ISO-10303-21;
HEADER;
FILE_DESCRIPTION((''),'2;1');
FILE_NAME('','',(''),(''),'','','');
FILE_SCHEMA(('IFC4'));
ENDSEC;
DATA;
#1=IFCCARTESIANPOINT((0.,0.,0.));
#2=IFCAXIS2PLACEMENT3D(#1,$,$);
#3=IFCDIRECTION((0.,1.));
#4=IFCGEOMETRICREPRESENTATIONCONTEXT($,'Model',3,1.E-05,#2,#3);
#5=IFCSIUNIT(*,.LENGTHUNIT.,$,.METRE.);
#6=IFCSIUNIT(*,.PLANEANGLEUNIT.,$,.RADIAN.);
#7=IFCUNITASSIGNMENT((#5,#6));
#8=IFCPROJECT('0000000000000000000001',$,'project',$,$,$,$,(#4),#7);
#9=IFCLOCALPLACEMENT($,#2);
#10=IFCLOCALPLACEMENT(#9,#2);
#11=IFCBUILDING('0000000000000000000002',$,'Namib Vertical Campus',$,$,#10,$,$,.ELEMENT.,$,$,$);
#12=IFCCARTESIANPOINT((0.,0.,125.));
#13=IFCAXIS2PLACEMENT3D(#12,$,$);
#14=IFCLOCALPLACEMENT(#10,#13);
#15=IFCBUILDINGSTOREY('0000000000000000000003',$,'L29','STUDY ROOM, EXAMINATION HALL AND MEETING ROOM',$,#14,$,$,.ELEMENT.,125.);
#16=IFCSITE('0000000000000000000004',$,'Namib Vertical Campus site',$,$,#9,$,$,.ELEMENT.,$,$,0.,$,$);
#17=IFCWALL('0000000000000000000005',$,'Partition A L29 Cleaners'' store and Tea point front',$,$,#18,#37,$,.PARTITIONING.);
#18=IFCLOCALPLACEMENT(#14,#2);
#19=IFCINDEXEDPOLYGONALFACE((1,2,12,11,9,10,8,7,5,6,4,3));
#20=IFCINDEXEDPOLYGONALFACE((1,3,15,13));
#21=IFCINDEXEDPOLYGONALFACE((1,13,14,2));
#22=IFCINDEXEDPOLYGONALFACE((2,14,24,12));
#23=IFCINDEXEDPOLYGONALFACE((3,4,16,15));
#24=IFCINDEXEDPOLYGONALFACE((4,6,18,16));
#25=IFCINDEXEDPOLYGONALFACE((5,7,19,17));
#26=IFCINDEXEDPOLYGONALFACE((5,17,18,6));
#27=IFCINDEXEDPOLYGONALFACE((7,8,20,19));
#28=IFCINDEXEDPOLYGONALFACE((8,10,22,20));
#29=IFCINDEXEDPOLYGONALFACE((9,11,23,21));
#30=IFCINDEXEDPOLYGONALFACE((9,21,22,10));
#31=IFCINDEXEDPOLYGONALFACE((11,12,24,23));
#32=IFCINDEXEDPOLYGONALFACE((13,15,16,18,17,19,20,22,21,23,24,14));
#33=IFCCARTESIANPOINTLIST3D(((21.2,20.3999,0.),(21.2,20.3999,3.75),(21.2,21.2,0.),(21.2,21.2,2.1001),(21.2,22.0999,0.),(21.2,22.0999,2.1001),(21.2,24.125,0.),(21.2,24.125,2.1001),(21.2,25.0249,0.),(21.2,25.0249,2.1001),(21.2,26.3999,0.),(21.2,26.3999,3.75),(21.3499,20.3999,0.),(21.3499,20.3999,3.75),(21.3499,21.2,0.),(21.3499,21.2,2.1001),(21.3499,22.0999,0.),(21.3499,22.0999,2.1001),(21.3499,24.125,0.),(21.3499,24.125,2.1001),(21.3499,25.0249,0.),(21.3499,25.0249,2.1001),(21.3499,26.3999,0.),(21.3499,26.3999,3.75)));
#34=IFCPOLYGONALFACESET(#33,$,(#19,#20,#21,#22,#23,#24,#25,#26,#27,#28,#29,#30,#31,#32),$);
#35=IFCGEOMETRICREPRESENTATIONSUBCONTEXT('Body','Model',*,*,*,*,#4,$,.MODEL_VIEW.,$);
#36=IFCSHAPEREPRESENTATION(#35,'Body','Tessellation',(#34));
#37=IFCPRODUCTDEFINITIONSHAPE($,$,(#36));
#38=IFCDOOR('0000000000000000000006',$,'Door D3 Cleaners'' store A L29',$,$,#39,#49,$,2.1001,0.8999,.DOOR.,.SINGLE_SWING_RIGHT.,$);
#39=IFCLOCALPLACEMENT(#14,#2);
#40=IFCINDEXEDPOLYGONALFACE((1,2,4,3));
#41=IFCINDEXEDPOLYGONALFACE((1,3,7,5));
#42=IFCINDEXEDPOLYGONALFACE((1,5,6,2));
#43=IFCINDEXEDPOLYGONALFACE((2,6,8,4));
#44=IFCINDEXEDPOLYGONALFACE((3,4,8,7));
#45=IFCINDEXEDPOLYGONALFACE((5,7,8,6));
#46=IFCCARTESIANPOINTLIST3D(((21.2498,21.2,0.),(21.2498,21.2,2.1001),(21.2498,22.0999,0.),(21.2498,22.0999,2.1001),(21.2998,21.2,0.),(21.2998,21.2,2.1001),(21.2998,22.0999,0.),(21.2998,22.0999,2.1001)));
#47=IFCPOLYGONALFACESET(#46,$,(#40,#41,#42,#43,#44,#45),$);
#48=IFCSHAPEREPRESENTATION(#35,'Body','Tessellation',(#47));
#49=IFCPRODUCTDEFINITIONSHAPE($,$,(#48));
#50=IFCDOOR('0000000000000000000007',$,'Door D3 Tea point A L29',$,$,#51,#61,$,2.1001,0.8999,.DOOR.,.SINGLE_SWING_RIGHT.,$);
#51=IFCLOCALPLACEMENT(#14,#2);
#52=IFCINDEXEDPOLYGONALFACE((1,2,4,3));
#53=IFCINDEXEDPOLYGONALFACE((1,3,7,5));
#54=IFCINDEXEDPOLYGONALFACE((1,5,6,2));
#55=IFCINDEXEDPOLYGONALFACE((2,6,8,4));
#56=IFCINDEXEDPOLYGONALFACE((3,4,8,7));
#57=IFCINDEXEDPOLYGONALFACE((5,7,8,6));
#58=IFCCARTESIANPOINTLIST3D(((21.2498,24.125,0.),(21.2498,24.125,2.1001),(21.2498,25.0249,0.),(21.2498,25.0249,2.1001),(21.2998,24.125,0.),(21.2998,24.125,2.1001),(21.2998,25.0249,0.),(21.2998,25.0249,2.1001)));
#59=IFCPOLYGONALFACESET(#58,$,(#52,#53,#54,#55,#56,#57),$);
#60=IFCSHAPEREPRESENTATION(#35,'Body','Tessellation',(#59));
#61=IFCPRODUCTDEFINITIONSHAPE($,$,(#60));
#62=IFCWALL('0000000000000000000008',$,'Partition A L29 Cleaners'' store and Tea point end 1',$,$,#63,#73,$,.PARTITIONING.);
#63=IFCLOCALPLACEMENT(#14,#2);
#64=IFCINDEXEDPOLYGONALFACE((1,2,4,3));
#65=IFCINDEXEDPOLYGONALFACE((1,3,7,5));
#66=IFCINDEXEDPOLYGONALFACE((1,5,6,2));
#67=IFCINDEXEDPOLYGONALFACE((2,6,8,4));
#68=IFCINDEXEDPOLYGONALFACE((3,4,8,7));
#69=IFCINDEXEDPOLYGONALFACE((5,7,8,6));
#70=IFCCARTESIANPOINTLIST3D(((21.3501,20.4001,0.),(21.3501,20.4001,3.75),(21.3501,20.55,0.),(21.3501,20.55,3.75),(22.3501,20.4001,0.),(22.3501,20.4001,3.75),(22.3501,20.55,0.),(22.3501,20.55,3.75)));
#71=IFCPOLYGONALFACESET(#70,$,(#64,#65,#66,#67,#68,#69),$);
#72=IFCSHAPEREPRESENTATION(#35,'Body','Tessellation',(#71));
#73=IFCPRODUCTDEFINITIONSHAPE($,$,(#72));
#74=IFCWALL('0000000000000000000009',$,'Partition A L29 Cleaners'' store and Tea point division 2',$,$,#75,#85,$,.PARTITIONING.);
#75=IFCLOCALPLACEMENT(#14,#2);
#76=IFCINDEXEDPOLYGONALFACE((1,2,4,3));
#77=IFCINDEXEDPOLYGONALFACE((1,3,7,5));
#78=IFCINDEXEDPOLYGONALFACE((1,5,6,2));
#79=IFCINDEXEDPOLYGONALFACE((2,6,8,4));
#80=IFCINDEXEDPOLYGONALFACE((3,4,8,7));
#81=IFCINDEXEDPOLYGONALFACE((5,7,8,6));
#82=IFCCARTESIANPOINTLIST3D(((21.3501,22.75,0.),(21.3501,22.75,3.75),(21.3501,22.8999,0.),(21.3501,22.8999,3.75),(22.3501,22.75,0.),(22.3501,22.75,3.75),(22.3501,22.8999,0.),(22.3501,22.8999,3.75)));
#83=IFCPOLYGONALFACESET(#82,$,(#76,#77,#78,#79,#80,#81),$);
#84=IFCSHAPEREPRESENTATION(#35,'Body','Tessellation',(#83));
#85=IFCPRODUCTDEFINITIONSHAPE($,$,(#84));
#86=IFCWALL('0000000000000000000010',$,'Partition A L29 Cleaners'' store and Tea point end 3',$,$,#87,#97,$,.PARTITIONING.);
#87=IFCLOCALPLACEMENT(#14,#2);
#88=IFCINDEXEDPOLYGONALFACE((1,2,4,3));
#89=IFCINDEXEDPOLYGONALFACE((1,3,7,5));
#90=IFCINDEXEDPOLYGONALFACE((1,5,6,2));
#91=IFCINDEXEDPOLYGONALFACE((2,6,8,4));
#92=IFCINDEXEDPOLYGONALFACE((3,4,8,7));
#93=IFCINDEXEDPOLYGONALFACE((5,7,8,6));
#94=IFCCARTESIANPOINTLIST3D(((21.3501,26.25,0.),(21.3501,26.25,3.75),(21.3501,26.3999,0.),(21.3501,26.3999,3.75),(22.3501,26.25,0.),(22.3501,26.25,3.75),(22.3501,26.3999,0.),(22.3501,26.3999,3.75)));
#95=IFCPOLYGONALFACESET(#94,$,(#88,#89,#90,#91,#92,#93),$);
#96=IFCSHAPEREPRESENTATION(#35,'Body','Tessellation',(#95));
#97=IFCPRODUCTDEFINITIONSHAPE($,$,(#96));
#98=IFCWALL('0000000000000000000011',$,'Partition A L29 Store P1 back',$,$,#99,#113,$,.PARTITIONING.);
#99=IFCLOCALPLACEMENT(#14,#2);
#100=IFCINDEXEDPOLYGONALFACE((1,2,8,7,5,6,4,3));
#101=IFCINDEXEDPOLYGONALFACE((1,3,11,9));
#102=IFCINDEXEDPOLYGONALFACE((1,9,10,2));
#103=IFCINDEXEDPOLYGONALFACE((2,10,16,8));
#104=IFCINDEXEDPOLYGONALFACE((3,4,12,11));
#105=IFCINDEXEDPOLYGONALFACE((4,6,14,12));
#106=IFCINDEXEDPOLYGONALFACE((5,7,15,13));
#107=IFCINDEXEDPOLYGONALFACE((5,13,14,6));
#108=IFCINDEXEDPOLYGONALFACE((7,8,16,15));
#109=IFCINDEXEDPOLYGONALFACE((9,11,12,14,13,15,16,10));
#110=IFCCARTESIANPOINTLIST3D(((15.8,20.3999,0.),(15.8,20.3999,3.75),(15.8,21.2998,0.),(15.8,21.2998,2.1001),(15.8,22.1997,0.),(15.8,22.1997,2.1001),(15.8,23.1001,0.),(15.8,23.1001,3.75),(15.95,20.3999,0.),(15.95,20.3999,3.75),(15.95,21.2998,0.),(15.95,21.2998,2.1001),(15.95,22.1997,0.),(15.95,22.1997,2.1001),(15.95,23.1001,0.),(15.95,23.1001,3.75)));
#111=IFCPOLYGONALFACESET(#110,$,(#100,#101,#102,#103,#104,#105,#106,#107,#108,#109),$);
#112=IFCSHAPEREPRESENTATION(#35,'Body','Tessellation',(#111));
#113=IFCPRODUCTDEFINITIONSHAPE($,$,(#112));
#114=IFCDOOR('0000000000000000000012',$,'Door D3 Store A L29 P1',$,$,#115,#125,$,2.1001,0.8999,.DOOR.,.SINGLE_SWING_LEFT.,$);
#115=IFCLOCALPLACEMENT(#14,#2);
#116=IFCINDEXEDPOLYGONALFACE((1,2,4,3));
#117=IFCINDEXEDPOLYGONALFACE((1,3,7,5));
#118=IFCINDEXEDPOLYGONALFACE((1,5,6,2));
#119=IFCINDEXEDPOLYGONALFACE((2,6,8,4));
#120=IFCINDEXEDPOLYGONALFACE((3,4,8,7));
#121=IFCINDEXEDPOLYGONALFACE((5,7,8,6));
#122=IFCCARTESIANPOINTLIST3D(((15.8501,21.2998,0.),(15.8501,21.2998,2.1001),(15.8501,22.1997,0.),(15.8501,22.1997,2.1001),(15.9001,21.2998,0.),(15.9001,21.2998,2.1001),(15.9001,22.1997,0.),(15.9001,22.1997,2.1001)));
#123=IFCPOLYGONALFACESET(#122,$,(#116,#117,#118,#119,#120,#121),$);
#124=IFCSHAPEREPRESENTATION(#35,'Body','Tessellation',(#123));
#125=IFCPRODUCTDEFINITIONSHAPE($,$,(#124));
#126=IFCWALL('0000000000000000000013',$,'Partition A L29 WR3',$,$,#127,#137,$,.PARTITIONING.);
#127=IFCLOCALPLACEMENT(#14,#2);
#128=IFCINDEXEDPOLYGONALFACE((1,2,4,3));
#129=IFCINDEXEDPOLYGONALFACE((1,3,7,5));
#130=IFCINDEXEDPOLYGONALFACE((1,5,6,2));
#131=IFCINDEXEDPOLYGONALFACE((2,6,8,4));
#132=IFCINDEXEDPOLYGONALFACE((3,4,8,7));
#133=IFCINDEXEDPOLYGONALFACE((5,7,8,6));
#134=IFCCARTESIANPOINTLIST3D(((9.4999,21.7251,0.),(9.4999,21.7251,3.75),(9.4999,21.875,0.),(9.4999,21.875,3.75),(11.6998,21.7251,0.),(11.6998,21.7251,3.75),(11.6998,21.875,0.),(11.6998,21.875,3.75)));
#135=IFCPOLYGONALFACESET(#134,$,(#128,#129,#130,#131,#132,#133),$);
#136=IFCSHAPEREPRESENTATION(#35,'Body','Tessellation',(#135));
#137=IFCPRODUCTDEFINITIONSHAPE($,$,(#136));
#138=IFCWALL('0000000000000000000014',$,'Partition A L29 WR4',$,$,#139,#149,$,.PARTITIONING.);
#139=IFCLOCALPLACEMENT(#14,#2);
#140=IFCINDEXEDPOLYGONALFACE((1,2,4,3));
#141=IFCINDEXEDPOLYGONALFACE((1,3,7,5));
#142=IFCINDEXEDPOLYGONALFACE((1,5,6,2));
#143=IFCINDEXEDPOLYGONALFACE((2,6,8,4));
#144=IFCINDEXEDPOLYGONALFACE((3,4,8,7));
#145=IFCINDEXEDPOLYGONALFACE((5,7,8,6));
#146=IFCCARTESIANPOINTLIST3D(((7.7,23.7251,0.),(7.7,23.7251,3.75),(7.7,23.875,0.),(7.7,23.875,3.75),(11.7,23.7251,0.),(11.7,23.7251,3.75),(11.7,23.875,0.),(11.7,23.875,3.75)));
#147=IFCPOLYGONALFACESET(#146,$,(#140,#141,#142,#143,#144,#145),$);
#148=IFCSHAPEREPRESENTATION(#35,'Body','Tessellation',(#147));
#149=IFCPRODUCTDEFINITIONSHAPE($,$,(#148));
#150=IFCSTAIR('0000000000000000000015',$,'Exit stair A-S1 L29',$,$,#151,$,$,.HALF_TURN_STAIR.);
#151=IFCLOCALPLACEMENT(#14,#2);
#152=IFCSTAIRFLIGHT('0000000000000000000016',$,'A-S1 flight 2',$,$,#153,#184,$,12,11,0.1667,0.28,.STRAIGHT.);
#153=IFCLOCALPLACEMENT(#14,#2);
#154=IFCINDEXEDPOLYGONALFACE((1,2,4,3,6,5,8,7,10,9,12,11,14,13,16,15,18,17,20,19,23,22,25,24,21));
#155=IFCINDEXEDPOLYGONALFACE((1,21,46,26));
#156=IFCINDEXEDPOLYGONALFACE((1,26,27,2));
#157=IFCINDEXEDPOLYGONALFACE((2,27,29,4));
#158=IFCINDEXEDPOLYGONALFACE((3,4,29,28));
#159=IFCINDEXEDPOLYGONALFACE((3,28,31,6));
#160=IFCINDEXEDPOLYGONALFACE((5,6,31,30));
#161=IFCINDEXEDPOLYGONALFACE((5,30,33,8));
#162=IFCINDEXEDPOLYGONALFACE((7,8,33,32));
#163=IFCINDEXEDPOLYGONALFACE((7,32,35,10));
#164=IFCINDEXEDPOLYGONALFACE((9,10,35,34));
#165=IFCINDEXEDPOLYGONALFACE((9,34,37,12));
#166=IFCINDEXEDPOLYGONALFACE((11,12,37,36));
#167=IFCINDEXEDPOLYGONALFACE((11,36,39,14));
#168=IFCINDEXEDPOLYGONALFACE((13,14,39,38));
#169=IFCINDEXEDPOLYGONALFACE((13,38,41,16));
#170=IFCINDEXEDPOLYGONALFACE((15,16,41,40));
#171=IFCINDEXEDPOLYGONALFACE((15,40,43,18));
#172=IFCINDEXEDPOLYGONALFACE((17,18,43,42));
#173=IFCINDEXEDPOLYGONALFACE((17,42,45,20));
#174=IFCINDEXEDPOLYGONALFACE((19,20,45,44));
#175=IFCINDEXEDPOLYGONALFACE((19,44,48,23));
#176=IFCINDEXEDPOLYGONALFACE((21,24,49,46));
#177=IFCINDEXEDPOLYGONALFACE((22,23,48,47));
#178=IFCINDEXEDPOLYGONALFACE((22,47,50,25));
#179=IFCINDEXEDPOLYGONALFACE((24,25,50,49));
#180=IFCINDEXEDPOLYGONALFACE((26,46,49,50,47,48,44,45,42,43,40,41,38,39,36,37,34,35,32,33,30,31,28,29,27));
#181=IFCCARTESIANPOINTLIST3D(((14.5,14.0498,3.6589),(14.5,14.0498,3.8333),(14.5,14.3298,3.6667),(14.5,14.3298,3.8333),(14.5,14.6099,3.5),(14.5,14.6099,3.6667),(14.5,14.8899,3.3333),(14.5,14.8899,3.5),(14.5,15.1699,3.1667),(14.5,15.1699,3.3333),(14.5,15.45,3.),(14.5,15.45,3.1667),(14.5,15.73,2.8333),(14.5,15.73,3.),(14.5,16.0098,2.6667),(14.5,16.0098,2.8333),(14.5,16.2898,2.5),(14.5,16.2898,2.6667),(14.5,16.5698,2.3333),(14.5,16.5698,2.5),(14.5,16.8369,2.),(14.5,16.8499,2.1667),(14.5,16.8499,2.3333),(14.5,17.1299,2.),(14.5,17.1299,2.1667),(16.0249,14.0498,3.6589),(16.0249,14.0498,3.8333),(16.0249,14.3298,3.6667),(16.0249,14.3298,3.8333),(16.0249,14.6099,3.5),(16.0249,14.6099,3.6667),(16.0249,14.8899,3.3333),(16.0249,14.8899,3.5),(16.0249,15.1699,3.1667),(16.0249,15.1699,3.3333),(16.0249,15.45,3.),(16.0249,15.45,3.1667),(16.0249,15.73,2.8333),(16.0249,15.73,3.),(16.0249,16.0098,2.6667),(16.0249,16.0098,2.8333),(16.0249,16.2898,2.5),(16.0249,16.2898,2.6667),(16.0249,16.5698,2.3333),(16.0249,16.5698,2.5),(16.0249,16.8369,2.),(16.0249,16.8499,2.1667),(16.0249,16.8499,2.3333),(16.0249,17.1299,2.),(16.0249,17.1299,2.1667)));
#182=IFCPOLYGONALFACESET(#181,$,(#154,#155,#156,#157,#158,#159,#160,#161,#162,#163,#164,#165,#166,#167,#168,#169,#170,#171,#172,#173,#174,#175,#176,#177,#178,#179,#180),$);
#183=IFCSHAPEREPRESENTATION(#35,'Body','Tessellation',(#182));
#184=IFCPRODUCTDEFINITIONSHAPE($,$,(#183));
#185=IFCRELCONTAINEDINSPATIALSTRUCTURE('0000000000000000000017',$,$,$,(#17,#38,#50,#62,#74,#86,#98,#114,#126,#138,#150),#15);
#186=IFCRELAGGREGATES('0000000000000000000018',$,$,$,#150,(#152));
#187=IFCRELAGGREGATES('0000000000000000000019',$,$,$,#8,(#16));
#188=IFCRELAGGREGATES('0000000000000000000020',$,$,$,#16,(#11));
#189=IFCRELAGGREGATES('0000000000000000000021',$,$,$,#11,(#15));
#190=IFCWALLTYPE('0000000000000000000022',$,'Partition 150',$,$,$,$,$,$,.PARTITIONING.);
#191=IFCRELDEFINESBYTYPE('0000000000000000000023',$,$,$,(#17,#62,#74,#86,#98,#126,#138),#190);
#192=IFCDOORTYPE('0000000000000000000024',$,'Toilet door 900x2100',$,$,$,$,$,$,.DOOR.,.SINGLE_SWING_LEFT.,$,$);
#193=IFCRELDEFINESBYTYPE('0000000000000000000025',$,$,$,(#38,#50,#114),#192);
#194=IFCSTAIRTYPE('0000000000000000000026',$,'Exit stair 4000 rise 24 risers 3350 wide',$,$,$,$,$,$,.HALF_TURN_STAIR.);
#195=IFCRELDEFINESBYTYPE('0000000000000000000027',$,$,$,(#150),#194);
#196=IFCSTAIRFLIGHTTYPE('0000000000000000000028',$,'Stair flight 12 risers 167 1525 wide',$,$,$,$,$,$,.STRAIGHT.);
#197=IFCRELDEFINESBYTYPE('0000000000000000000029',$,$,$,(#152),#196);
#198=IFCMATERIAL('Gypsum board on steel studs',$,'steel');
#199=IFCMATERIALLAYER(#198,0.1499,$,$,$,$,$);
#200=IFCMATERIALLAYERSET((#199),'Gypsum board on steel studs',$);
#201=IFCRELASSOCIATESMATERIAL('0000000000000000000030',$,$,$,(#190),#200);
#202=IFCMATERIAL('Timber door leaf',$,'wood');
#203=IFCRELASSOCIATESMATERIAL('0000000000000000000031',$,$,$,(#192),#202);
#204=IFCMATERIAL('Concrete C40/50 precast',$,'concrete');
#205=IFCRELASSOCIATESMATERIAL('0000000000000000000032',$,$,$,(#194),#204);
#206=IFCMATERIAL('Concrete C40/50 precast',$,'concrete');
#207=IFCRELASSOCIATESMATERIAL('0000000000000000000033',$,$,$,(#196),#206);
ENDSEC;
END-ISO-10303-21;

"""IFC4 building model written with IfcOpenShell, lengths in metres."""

from ifc_helpers import new_model, si_unit, direction, frame, frame_2d, origin, place, context, subcontext, project, spatial, polyline, rectangle, outline, extrude, material, layer, layer_set, type_object, element, fill, aggregate, save


model = new_model("IFC4")

# Units and contexts
model_context = context("Model", 3, precision=1e-05, world=origin(), true_north=direction((0.0, 1.0)))
body_context = subcontext(model_context, "Body", "Model", "MODEL_VIEW")
ifc_project = project(units=[si_unit("LENGTHUNIT", "METRE"), si_unit("PLANEANGLEUNIT", "RADIAN")], contexts=[model_context])

# Site, building, storey
site_placement = place(None, origin())
site = spatial("IfcSite", under=ifc_project, at=site_placement, Name="Namib Vertical Campus site", CompositionType="ELEMENT", RefElevation=0.0)
building_placement = place(site_placement, origin())
building = spatial("IfcBuilding", under=site, at=building_placement, Name="Namib Vertical Campus", CompositionType="ELEMENT")
storey_placement = place(building_placement, frame((0.0, 0.0, 125.0)))
storey = spatial("IfcBuildingStorey", under=building, at=storey_placement, Name="L29", Description="STUDY ROOM, EXAMINATION HALL AND MEETING ROOM", CompositionType="ELEMENT", Elevation=125.0)

# Wall, openings, doors
ifc_material_1 = material(Name="Gypsum board on steel studs", Category="steel")
ifc_layer_1 = layer(ifc_material_1, 0.1499)
ifc_layer_set_1 = layer_set([ifc_layer_1], Name="Gypsum board on steel studs")
wall_type_1 = type_object("IfcWallType", Name="Partition 150", PredefinedType="PARTITIONING", material=ifc_layer_set_1)
wall_1_placement = place(storey_placement, frame((21.2749, 20.3999, 0.0), z_axis=(0.0, 0.0, 1.0), x_axis=(0.0, 1.0, 0.0)))
wall_1 = element("IfcWall", 1, at=wall_1_placement, inside=storey, type_object=wall_type_1, Name="Partition A L29 Cleaners' store and Tea point front", PredefinedType="PARTITIONING", context=body_context, shape_type="SweptSolid", body=[
    extrude(rectangle(XDim=6.0, YDim=0.1499, at=frame_2d((3.0, 0.0))), origin(), (0.0, 0.0, 1.0), 3.75),
])
opening_1_placement = place(wall_1_placement, frame((0.8, 0.0, 0.0)))
opening_1 = element("IfcOpeningElement", 2, at=opening_1_placement, cuts=wall_1, PredefinedType="OPENING", context=body_context, shape_type="SweptSolid", body=[
    extrude(rectangle(XDim=0.8999, YDim=2.1001, at=frame_2d((0.45, 1.05))), frame((0.0, 0.085, 0.0), z_axis=(0.0, -1.0, 0.0), x_axis=(1.0, 0.0, 0.0)), (0.0, 0.0, 1.0), 0.1699),
])
opening_2_placement = place(wall_1_placement, frame((3.7251, 0.0, 0.0)))
opening_2 = element("IfcOpeningElement", 3, at=opening_2_placement, cuts=wall_1, PredefinedType="OPENING", context=body_context, shape_type="SweptSolid", body=[
    extrude(rectangle(XDim=0.8999, YDim=2.1001, at=frame_2d((0.45, 1.05))), frame((0.0, 0.085, 0.0), z_axis=(0.0, -1.0, 0.0), x_axis=(1.0, 0.0, 0.0)), (0.0, 0.0, 1.0), 0.1699),
])
ifc_material_2 = material(Name="Timber door leaf", Category="wood")
door_type_1 = type_object("IfcDoorType", Name="Toilet door 900x2100", OperationType="SINGLE_SWING_LEFT", PredefinedType="DOOR", material=ifc_material_2)
door_1_placement = place(opening_1_placement, frame((0.8999, 0.0, 0.0), z_axis=(0.0, 0.0, 1.0), x_axis=(-1.0, 0.0, 0.0)))
door_1 = element("IfcDoor", 4, at=door_1_placement, inside=storey, type_object=door_type_1, Name="Door D3 Cleaners' store A L29", OperationType="SINGLE_SWING_RIGHT", OverallHeight=2.1001, OverallWidth=0.8999, PredefinedType="DOOR", context=body_context, shape_type="SweptSolid", body=[
    extrude(rectangle(XDim=0.8999, YDim=2.1001, at=frame_2d((0.45, 1.05))), frame((0.0, 0.0249, 0.0), z_axis=(0.0, -1.0, 0.0), x_axis=(1.0, 0.0, 0.0)), (0.0, 0.0, 1.0), 0.05),
])
fill(opening_1, door_1)
door_2_placement = place(opening_2_placement, frame((0.8999, 0.0, 0.0), z_axis=(0.0, 0.0, 1.0), x_axis=(-1.0, 0.0, 0.0)))
door_2 = element("IfcDoor", 5, at=door_2_placement, inside=storey, type_object=door_type_1, Name="Door D3 Tea point A L29", OperationType="SINGLE_SWING_RIGHT", OverallHeight=2.1001, OverallWidth=0.8999, PredefinedType="DOOR", context=body_context, shape_type="SweptSolid", body=[
    extrude(rectangle(XDim=0.8999, YDim=2.1001, at=frame_2d((0.45, 1.05))), frame((0.0, 0.0249, 0.0), z_axis=(0.0, -1.0, 0.0), x_axis=(1.0, 0.0, 0.0)), (0.0, 0.0, 1.0), 0.05),
])
fill(opening_2, door_2)

# Walls
for number, where, z_axis, x_axis, name in (
    (6, (21.3501, 20.4751, 0.0), (0.0, 0.0, 1.0), (1.0, 0.0, 0.0), "Partition A L29 Cleaners' store and Tea point end 1"),
    (7, (21.3501, 22.825, 0.0), (0.0, 0.0, 1.0), (1.0, 0.0, 0.0), "Partition A L29 Cleaners' store and Tea point division 2"),
    (8, (21.3501, 26.325, 0.0), (0.0, 0.0, 1.0), (1.0, 0.0, 0.0), "Partition A L29 Cleaners' store and Tea point end 3"),
):
    element("IfcWall", number, at=place(storey_placement, frame(where, z_axis=z_axis, x_axis=x_axis)), inside=storey, type_object=wall_type_1, Name=name, PredefinedType="PARTITIONING", context=body_context, shape_type="SweptSolid", body=[
        extrude(rectangle(XDim=1.0, YDim=0.1499, at=frame_2d((0.5, 0.0))), origin(), (0.0, 0.0, 1.0), 3.75),
    ])

# Wall, opening, door
wall_2_placement = place(storey_placement, frame((15.875, 20.3999, 0.0), z_axis=(0.0, 0.0, 1.0), x_axis=(0.0, 1.0, 0.0)))
wall_2 = element("IfcWall", 9, at=wall_2_placement, inside=storey, type_object=wall_type_1, Name="Partition A L29 Store P1 back", PredefinedType="PARTITIONING", context=body_context, shape_type="SweptSolid", body=[
    extrude(rectangle(XDim=2.7002, YDim=0.1499, at=frame_2d((1.3501, 0.0))), origin(), (0.0, 0.0, 1.0), 3.75),
])
opening_3_placement = place(wall_2_placement, frame((0.8999, 0.0, 0.0)))
opening_3 = element("IfcOpeningElement", 10, at=opening_3_placement, cuts=wall_2, PredefinedType="OPENING", context=body_context, shape_type="SweptSolid", body=[
    extrude(rectangle(XDim=0.8999, YDim=2.1001, at=frame_2d((0.45, 1.05))), frame((0.0, 0.085, 0.0), z_axis=(0.0, -1.0, 0.0), x_axis=(1.0, 0.0, 0.0)), (0.0, 0.0, 1.0), 0.1699),
])
door_3_placement = place(opening_3_placement, origin())
door_3 = element("IfcDoor", 11, at=door_3_placement, inside=storey, type_object=door_type_1, Name="Door D3 Store A L29 P1", OperationType="SINGLE_SWING_LEFT", OverallHeight=2.1001, OverallWidth=0.8999, PredefinedType="DOOR", context=body_context, shape_type="SweptSolid", body=[
    extrude(rectangle(XDim=0.8999, YDim=2.1001, at=frame_2d((0.45, 1.05))), frame((0.0, 0.0249, 0.0), z_axis=(0.0, -1.0, 0.0), x_axis=(1.0, 0.0, 0.0)), (0.0, 0.0, 1.0), 0.05),
])
fill(opening_3, door_3)

# Walls
wall_3_placement = place(storey_placement, frame((11.7, 21.8, 0.0), z_axis=(0.0, 0.0, 1.0), x_axis=(-1.0, 0.0, 0.0)))
element("IfcWall", 12, at=wall_3_placement, inside=storey, type_object=wall_type_1, Name="Partition A L29 WR3", PredefinedType="PARTITIONING", context=body_context, shape_type="SweptSolid", body=[
    extrude(rectangle(XDim=2.2, YDim=0.1499, at=frame_2d((1.1001, 0.0))), origin(), (0.0, 0.0, 1.0), 3.75),
])
wall_4_placement = place(storey_placement, frame((11.7, 23.8, 0.0), z_axis=(0.0, 0.0, 1.0), x_axis=(-1.0, 0.0, 0.0)))
element("IfcWall", 13, at=wall_4_placement, inside=storey, type_object=wall_type_1, Name="Partition A L29 WR4", PredefinedType="PARTITIONING", context=body_context, shape_type="SweptSolid", body=[
    extrude(rectangle(XDim=4.0, YDim=0.1499, at=frame_2d((2.0, 0.0))), origin(), (0.0, 0.0, 1.0), 3.75),
])

# Stair, stair flight
ifc_material_3 = material(Name="Concrete C40/50 precast", Category="concrete")
stair_type = type_object("IfcStairType", Name="Exit stair 4000 rise 24 risers 3350 wide", PredefinedType="HALF_TURN_STAIR", material=ifc_material_3)
stair_placement = place(storey_placement, origin())
stair = element("IfcStair", 14, at=stair_placement, inside=storey, type_object=stair_type, Name="Exit stair A-S1 L29", PredefinedType="HALF_TURN_STAIR")
ifc_material_4 = material(Name="Concrete C40/50 precast", Category="concrete")
stair_flight_type = type_object("IfcStairFlightType", Name="Stair flight 12 risers 167 1525 wide", PredefinedType="STRAIGHT", material=ifc_material_4)
stair_flight_placement = place(storey_placement, frame((15.2625, 17.1299, 2.0), z_axis=(0.0, 0.0, 1.0), x_axis=(0.0, -1.0, 0.0)))
stair_flight = element("IfcStairFlight", 15, at=stair_flight_placement, type_object=stair_flight_type, Name="A-S1 flight 2", NumberOfRisers=12, NumberOfTreads=11, PredefinedType="STRAIGHT", RiserHeight=0.1667, TreadLength=0.28, context=body_context, shape_type="SweptSolid", body=[
    extrude(outline(polyline([(0.0, 0.0), (0.0, 0.1667), (0.28, 0.1667), (0.28, 0.3333), (0.5601, 0.3333), (0.5601, 0.5), (0.8401, 0.5), (0.8401, 0.6667), (1.1201, 0.6667), (1.1201, 0.8333), (1.3999, 0.8333), (1.3999, 1.0), (1.6799, 1.0), (1.6799, 1.1667), (1.96, 1.1667), (1.96, 1.3333), (2.24, 1.3333), (2.24, 1.5), (2.52, 1.5), (2.52, 1.6667), (2.8, 1.6667), (2.8, 1.8333), (3.0801, 1.8333), (3.0801, 2.0), (3.0801, 1.6589), (0.293, 0.0), (0.0, 0.0)])), frame((0.0, 0.7625, 0.0), z_axis=(0.0, -1.0, 0.0), x_axis=(1.0, 0.0, 0.0)), (0.0, 0.0, 1.0), 1.5249),
])
aggregate(stair, [stair_flight])

save(model, "model.ifc")
